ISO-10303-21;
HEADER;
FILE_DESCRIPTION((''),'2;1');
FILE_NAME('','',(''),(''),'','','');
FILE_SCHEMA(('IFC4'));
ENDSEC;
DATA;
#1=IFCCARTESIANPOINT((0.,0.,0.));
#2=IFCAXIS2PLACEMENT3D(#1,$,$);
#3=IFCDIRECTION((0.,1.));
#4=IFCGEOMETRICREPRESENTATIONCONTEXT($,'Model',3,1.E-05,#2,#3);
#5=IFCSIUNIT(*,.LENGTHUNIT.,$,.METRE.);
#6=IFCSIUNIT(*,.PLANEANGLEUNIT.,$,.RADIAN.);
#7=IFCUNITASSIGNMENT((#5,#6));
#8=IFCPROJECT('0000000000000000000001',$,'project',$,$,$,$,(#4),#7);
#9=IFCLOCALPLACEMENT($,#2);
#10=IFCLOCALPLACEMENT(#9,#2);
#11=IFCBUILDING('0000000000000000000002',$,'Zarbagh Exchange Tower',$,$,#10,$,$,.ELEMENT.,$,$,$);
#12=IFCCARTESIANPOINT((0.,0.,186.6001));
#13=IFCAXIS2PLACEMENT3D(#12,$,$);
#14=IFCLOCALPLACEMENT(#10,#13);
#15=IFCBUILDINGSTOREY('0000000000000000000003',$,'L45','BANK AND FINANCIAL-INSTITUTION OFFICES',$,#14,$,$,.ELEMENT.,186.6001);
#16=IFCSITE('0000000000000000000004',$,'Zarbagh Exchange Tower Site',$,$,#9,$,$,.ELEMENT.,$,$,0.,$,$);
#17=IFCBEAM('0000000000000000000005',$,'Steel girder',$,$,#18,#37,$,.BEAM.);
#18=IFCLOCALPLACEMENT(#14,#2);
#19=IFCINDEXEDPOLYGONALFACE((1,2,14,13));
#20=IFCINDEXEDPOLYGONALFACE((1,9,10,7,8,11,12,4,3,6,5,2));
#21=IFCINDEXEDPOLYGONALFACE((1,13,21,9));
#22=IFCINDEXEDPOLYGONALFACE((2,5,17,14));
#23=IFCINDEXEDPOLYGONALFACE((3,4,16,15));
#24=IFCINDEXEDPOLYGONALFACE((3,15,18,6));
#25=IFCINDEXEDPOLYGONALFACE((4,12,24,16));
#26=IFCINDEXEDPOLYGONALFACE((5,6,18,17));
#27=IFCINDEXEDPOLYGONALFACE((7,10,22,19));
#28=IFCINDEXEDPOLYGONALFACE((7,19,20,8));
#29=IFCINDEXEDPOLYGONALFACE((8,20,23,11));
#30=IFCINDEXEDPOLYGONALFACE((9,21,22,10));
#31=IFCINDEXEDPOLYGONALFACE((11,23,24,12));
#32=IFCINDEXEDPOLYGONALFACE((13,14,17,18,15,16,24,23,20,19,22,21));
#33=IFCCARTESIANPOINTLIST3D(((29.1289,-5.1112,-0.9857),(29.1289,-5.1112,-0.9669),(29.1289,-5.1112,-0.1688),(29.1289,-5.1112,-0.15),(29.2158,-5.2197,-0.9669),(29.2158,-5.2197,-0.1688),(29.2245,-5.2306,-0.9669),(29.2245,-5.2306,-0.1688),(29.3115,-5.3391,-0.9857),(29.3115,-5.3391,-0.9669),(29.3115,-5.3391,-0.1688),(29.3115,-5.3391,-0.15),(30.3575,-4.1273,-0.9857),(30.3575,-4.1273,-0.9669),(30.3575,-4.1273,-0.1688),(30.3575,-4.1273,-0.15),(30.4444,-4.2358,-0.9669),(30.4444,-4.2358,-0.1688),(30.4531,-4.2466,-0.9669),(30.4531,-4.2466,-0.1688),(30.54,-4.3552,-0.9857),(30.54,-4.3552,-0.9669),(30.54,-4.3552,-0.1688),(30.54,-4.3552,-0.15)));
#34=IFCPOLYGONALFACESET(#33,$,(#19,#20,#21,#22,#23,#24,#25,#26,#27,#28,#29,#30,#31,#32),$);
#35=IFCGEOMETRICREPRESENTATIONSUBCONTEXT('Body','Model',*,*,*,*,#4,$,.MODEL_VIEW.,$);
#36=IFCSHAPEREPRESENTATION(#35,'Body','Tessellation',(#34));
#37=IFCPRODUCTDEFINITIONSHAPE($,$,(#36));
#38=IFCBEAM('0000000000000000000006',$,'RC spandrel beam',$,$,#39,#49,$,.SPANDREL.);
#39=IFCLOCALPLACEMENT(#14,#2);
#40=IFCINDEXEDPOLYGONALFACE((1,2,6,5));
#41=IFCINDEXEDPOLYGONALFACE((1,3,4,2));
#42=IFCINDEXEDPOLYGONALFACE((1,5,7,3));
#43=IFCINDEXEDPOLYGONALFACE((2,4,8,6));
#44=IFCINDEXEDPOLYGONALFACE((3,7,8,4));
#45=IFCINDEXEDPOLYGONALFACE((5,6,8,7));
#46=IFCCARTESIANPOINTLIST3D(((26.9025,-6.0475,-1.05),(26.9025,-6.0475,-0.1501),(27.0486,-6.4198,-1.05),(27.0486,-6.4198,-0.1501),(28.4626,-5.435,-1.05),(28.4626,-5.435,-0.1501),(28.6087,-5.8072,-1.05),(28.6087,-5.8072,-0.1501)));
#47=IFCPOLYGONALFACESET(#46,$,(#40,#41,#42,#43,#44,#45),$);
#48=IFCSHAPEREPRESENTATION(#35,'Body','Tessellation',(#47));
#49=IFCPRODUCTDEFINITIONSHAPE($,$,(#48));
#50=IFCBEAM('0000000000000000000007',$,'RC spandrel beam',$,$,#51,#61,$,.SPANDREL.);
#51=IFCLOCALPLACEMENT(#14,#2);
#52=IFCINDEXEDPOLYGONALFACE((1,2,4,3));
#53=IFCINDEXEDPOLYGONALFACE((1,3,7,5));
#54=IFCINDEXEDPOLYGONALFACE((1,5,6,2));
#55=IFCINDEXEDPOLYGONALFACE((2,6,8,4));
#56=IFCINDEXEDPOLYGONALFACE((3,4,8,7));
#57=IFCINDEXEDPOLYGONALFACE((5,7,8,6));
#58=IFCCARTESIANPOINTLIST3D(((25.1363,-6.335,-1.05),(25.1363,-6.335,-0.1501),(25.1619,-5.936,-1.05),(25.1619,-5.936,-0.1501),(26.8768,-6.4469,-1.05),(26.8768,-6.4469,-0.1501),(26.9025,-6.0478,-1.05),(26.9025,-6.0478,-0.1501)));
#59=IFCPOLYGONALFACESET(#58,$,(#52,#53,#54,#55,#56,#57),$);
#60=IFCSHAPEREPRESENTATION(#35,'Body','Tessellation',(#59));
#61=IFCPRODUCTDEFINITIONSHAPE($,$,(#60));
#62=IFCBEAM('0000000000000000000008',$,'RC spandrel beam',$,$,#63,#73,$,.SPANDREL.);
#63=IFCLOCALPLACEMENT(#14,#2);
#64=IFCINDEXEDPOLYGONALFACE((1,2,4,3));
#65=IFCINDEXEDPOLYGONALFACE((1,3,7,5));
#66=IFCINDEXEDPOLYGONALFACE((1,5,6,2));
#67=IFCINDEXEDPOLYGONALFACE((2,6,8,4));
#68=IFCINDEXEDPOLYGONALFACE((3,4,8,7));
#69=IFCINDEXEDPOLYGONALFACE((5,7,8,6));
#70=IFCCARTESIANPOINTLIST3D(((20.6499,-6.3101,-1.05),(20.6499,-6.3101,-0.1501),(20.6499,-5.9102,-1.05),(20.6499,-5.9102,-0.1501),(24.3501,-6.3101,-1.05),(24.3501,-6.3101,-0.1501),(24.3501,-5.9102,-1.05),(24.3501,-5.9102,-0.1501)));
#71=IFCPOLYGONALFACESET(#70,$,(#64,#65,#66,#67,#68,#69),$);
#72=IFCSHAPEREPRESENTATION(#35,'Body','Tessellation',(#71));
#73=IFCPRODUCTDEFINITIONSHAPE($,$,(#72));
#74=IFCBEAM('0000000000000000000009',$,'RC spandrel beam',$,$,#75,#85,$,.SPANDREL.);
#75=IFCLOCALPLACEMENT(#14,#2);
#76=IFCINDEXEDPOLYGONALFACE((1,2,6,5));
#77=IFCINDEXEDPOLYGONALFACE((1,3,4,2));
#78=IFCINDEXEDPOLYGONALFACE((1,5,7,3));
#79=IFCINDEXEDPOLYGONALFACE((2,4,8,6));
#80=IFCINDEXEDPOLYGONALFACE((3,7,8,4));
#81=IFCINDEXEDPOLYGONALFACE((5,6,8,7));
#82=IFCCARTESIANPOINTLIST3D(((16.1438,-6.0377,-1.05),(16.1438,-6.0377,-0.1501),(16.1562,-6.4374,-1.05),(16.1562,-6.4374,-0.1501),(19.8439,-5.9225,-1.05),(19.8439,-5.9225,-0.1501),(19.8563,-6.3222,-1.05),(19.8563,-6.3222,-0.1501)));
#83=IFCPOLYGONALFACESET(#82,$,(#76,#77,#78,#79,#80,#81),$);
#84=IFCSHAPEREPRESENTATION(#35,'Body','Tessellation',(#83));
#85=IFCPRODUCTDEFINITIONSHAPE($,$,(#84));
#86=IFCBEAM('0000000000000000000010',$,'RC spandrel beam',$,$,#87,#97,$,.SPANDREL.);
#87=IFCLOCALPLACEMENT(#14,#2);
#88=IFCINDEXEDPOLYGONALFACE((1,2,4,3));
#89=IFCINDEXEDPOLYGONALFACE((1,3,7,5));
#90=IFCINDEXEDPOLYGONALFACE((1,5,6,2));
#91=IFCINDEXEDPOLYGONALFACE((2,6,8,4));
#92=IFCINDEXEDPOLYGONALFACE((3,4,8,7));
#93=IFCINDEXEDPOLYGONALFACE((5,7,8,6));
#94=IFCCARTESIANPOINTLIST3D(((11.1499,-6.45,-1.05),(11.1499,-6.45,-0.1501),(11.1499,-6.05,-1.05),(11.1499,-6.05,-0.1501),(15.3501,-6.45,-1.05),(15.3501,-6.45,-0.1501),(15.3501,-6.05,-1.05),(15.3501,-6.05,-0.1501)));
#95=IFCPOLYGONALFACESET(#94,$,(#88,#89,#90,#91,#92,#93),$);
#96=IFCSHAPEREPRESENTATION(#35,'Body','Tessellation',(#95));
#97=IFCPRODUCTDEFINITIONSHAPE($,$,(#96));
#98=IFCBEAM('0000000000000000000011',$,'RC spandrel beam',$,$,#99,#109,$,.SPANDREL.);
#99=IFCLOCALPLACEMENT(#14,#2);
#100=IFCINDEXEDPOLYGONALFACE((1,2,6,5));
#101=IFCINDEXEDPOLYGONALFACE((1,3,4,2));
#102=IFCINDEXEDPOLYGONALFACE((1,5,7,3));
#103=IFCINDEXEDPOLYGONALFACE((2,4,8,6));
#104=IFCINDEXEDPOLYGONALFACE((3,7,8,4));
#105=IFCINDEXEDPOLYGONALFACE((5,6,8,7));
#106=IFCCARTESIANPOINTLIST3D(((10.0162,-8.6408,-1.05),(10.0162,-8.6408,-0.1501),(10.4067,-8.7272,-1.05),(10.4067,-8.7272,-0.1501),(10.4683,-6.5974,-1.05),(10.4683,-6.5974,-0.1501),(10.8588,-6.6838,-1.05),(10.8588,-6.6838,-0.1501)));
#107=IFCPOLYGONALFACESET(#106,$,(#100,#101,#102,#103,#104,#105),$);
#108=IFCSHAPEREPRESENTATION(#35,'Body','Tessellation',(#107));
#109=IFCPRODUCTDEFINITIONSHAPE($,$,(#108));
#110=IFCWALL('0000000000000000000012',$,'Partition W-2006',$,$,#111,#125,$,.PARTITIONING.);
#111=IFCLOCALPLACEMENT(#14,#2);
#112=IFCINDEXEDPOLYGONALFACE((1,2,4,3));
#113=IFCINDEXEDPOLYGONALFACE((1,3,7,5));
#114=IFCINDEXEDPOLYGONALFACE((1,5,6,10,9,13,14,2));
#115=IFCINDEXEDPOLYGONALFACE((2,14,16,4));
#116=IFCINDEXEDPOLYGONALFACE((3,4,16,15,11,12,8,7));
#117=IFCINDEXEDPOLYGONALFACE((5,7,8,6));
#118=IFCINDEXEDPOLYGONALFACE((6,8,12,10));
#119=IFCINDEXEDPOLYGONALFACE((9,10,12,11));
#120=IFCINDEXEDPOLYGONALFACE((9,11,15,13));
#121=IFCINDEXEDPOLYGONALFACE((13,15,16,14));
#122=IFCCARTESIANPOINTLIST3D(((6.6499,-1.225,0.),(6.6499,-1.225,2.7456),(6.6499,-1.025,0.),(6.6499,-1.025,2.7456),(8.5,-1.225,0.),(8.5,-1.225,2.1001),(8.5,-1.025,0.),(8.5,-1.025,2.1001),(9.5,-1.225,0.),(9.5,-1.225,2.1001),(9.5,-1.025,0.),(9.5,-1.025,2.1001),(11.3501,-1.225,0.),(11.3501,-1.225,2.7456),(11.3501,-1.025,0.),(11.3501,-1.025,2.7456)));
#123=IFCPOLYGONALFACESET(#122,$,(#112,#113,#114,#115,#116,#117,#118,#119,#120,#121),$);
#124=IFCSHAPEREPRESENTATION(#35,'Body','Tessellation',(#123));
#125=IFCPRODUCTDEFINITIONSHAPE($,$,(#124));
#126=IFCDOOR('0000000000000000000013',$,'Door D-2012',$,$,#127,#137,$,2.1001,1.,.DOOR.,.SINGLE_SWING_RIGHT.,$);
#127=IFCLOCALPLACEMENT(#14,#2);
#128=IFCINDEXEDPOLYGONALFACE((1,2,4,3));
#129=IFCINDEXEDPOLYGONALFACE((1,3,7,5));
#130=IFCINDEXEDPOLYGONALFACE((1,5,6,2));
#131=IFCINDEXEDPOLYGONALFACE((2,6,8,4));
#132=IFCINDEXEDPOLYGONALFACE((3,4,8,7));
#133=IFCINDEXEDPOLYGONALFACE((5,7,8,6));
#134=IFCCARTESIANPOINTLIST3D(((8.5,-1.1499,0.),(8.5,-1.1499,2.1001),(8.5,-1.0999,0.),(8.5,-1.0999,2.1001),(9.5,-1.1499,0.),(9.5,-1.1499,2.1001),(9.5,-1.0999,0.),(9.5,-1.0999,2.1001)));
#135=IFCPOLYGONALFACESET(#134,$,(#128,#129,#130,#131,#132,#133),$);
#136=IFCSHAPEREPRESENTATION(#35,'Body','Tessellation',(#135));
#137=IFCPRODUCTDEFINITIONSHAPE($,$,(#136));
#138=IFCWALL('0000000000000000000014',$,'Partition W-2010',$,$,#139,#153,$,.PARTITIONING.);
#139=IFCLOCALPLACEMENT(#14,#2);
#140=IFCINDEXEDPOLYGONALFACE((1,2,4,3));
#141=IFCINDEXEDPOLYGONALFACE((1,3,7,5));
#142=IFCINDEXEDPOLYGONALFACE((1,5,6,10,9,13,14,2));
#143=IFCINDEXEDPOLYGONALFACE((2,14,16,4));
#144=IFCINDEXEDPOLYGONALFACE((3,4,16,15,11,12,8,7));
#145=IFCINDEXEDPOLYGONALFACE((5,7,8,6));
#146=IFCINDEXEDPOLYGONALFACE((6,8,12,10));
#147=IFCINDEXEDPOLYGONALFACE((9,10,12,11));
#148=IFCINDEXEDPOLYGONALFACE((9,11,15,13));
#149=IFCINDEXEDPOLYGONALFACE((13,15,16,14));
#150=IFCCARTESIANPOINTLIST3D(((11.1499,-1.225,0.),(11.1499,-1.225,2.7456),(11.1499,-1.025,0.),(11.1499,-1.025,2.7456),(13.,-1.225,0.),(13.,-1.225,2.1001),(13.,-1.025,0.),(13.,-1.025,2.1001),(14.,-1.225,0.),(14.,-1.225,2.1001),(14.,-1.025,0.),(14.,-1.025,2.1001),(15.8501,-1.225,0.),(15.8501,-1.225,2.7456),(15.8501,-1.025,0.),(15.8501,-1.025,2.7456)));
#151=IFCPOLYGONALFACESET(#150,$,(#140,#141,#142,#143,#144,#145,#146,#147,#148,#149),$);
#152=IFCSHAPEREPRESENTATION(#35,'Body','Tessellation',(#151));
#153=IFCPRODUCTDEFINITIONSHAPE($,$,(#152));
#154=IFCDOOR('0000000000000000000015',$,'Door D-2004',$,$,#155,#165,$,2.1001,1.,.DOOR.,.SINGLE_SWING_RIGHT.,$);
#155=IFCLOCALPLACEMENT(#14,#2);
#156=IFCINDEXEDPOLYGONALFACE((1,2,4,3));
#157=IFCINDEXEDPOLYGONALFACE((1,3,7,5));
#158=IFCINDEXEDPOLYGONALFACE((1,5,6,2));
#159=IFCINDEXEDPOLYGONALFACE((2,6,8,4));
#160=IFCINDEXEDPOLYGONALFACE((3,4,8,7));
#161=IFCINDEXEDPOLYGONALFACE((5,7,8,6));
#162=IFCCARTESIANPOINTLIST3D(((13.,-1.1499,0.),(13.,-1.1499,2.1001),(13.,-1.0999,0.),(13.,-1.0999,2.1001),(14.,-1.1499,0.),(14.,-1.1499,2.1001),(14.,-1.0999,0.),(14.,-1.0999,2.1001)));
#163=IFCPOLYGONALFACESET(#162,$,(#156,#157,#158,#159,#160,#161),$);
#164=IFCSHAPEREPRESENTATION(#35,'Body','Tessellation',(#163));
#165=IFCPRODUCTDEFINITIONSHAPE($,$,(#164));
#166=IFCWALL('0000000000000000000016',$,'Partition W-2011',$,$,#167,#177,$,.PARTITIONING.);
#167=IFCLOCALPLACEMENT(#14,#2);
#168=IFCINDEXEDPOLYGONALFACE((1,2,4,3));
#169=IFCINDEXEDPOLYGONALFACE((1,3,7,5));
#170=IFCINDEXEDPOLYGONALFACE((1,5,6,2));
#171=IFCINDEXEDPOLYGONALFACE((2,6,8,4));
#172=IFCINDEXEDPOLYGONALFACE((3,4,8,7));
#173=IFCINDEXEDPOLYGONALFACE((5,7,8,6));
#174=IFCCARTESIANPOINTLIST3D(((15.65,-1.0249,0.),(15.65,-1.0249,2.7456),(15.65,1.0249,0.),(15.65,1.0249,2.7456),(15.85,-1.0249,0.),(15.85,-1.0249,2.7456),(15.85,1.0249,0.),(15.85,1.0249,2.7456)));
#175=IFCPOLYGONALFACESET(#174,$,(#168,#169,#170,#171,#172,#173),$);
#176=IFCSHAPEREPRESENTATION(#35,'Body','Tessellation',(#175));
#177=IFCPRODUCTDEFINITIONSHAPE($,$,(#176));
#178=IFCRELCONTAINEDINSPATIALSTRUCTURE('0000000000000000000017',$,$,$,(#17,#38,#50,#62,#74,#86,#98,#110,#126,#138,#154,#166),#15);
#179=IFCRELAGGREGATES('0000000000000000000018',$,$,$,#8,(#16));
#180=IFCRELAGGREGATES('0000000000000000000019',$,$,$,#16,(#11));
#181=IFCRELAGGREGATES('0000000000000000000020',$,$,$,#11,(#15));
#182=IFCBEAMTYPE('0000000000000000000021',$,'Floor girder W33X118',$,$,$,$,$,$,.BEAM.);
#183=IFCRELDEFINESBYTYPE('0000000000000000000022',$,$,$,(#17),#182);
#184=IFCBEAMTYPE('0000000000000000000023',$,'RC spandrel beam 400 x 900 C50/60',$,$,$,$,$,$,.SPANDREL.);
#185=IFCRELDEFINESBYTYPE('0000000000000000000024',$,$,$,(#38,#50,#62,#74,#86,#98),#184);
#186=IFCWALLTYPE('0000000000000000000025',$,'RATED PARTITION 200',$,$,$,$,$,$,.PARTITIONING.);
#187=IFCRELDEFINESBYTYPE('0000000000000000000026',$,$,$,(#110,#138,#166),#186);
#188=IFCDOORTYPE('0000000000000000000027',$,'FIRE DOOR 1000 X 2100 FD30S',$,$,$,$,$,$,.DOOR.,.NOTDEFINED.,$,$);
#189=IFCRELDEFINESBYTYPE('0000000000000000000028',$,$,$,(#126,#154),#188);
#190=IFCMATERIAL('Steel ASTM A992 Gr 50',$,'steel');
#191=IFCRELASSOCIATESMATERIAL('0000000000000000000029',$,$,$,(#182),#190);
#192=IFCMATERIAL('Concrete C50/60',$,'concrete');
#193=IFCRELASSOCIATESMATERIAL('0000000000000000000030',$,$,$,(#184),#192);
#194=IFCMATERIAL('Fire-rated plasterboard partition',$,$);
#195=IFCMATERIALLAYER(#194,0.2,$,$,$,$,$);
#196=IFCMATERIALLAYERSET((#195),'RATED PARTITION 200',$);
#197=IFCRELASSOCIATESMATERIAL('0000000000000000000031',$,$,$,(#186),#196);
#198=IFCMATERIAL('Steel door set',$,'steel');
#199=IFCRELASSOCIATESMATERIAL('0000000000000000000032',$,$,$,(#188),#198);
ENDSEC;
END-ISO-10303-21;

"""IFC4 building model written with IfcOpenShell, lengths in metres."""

from ifc_helpers import new_model, si_unit, direction, frame, frame_2d, origin, origin_2d, place, context, subcontext, project, spatial, rectangle, i_section, extrude, material, layer, layer_set, material_profile, profile_set, type_object, element, fill, save


model = new_model("IFC4")

# Units and contexts
model_context = context("Model", 3, precision=1e-05, world=origin(), true_north=direction((0.0, 1.0)))
body_context = subcontext(model_context, "Body", "Model", "MODEL_VIEW")
ifc_project = project(units=[si_unit("LENGTHUNIT", "METRE"), si_unit("PLANEANGLEUNIT", "RADIAN")], contexts=[model_context])

# Site, building, storey
site_placement = place(None, origin())
site = spatial("IfcSite", under=ifc_project, at=site_placement, Name="Zarbagh Exchange Tower Site", CompositionType="ELEMENT", RefElevation=0.0)
building_placement = place(site_placement, origin())
building = spatial("IfcBuilding", under=site, at=building_placement, Name="Zarbagh Exchange Tower", CompositionType="ELEMENT")
storey_placement = place(building_placement, frame((0.0, 0.0, 186.6001)))
storey = spatial("IfcBuildingStorey", under=building, at=storey_placement, Name="L45", Description="BANK AND FINANCIAL-INSTITUTION OFFICES", CompositionType="ELEMENT", Elevation=186.6001)

# Shared definitions
ifc_material_1 = material(Name="Concrete C50/60", Category="concrete")

# Beams
ifc_material_2 = material(Name="Steel ASTM A992 Gr 50", Category="steel")
ifc_material_profile_1 = material_profile(ifc_material_2, i_section(OverallWidth=0.292, OverallDepth=0.8357, WebThickness=0.0139, FlangeThickness=0.0188, at=origin_2d()), Name="W33X118")
ifc_profile_set_1 = profile_set([ifc_material_profile_1], Name="Steel ASTM A992 Gr 50")
beam_type_1 = type_object("IfcBeamType", Name="Floor girder W33X118", PredefinedType="BEAM", material=ifc_profile_set_1)
beam_1_placement = place(storey_placement, frame((30.4487, -4.2412, -0.5679), z_axis=(-0.780536, -0.625111, 0.0), x_axis=(0.625111, -0.780536, 0.0)))
element("IfcBeam", 1, at=beam_1_placement, inside=storey, type_object=beam_type_1, Name="Steel girder", PredefinedType="BEAM", context=body_context, shape_type="SweptSolid", body=[
    extrude(i_section(OverallWidth=0.292, OverallDepth=0.8357, WebThickness=0.0139, FlangeThickness=0.0188, at=origin_2d()), origin(), (0.0, 0.0, 1.0), 1.574),
])
ifc_material_profile_2 = material_profile(ifc_material_1, rectangle(XDim=0.3999, YDim=0.8999, at=origin_2d()), Name="RC spandrel beam 400 x 900 C50/60")
ifc_profile_set_2 = profile_set([ifc_material_profile_2], Name="Concrete C50/60")
beam_type_2 = type_object("IfcBeamType", Name="RC spandrel beam 400 x 900 C50/60", PredefinedType="SPANDREL", material=ifc_profile_set_2)
beam_2_placement = place(storey_placement, frame((28.5356, -5.6211, -0.6001), z_axis=(-0.930819, -0.365481, 0.0), x_axis=(0.365481, -0.930819, 0.0)))
element("IfcBeam", 2, at=beam_2_placement, inside=storey, type_object=beam_type_2, Name="RC spandrel beam", PredefinedType="SPANDREL", context=body_context, shape_type="SweptSolid", body=[
    extrude(rectangle(XDim=0.3999, YDim=0.8999, at=origin_2d()), origin(), (0.0, 0.0, 1.0), 1.676),
])
beam_3_placement = place(storey_placement, frame((26.8896, -6.2473, -0.6001), z_axis=(-0.997943, 0.064112, 0.0), x_axis=(-0.064112, -0.997943, 0.0)))
element("IfcBeam", 3, at=beam_3_placement, inside=storey, type_object=beam_type_2, Name="RC spandrel beam", PredefinedType="SPANDREL", context=body_context, shape_type="SweptSolid", body=[
    extrude(rectangle(XDim=0.3999, YDim=0.8999, at=origin_2d()), origin(), (0.0, 0.0, 1.0), 1.7441),
])
beam_4_placement = place(storey_placement, frame((24.3501, -6.1101, -0.6001), z_axis=(-1.0, 0.0, 0.0), x_axis=(0.0, -1.0, 0.0)))
element("IfcBeam", 4, at=beam_4_placement, inside=storey, type_object=beam_type_2, Name="RC spandrel beam", PredefinedType="SPANDREL", context=body_context, shape_type="SweptSolid", body=[
    extrude(rectangle(XDim=0.3999, YDim=0.8999, at=origin_2d()), origin(), (0.0, 0.0, 1.0), 3.7002),
])
beam_5_placement = place(storey_placement, frame((19.8501, -6.1223, -0.6001), z_axis=(-0.999515, -0.031128, 0.0), x_axis=(0.031128, -0.999515, 0.0)))
element("IfcBeam", 5, at=beam_5_placement, inside=storey, type_object=beam_type_2, Name="RC spandrel beam", PredefinedType="SPANDREL", context=body_context, shape_type="SweptSolid", body=[
    extrude(rectangle(XDim=0.3999, YDim=0.8999, at=origin_2d()), origin(), (0.0, 0.0, 1.0), 3.7019),
])
beam_6_placement = place(storey_placement, frame((15.3501, -6.25, -0.6001), z_axis=(-1.0, 0.0, 0.0), x_axis=(0.0, -1.0, 0.0)))
element("IfcBeam", 6, at=beam_6_placement, inside=storey, type_object=beam_type_2, Name="RC spandrel beam", PredefinedType="SPANDREL", context=body_context, shape_type="SweptSolid", body=[
    extrude(rectangle(XDim=0.3999, YDim=0.8999, at=origin_2d()), origin(), (0.0, 0.0, 1.0), 4.2002),
])
beam_7_placement = place(storey_placement, frame((10.6636, -6.6406, -0.6001), z_axis=(-0.216041, -0.976384, 0.0), x_axis=(0.976384, -0.216041, 0.0)))
element("IfcBeam", 7, at=beam_7_placement, inside=storey, type_object=beam_type_2, Name="RC spandrel beam", PredefinedType="SPANDREL", context=body_context, shape_type="SweptSolid", body=[
    extrude(rectangle(XDim=0.3999, YDim=0.8999, at=origin_2d()), origin(), (0.0, 0.0, 1.0), 2.0928),
])

# Walls, openings, doors
ifc_material_3 = material(Name="Fire-rated plasterboard partition")
ifc_layer = layer(ifc_material_3, 0.2)
ifc_layer_set = layer_set([ifc_layer], Name="RATED PARTITION 200")
wall_type = type_object("IfcWallType", Name="RATED PARTITION 200", PredefinedType="PARTITIONING", material=ifc_layer_set)
wall_1_placement = place(storey_placement, frame((11.3501, -1.125, 0.0), z_axis=(0.0, 0.0, 1.0), x_axis=(-1.0, 0.0, 0.0)))
wall_1 = element("IfcWall", 8, at=wall_1_placement, inside=storey, type_object=wall_type, Name="Partition W-2006", PredefinedType="PARTITIONING", context=body_context, shape_type="SweptSolid", body=[
    extrude(rectangle(XDim=4.7002, YDim=0.2, at=frame_2d((2.3501, 0.0))), origin(), (0.0, 0.0, 1.0), 2.7456),
])
opening_1_placement = place(wall_1_placement, frame((1.8501, 0.0, 0.0)))
opening_1 = element("IfcOpeningElement", 9, at=opening_1_placement, cuts=wall_1, PredefinedType="OPENING", context=body_context, shape_type="SweptSolid", body=[
    extrude(rectangle(XDim=1.0, YDim=2.1001, at=frame_2d((0.5, 1.05))), frame((0.0, 0.1099, 0.0), z_axis=(0.0, -1.0, 0.0), x_axis=(1.0, 0.0, 0.0)), (0.0, 0.0, 1.0), 0.22),
])
ifc_material_4 = material(Name="Steel door set", Category="steel")
door_type = type_object("IfcDoorType", Name="FIRE DOOR 1000 X 2100 FD30S", OperationType="NOTDEFINED", PredefinedType="DOOR", material=ifc_material_4)
door_1_placement = place(opening_1_placement, origin())
door_1 = element("IfcDoor", 10, at=door_1_placement, inside=storey, type_object=door_type, Name="Door D-2012", OperationType="SINGLE_SWING_RIGHT", OverallHeight=2.1001, OverallWidth=1.0, PredefinedType="DOOR", context=body_context, shape_type="SweptSolid", body=[
    extrude(rectangle(XDim=1.0, YDim=2.1001, at=frame_2d((0.5, 1.05))), frame((0.0, 0.0249, 0.0), z_axis=(0.0, -1.0, 0.0), x_axis=(1.0, 0.0, 0.0)), (0.0, 0.0, 1.0), 0.05),
])
fill(opening_1, door_1)
wall_2_placement = place(storey_placement, frame((15.8501, -1.125, 0.0), z_axis=(0.0, 0.0, 1.0), x_axis=(-1.0, 0.0, 0.0)))
wall_2 = element("IfcWall", 11, at=wall_2_placement, inside=storey, type_object=wall_type, Name="Partition W-2010", PredefinedType="PARTITIONING", context=body_context, shape_type="SweptSolid", body=[
    extrude(rectangle(XDim=4.7002, YDim=0.2, at=frame_2d((2.3501, 0.0))), origin(), (0.0, 0.0, 1.0), 2.7456),
])
opening_2_placement = place(wall_2_placement, frame((1.8501, 0.0, 0.0)))
opening_2 = element("IfcOpeningElement", 12, at=opening_2_placement, cuts=wall_2, PredefinedType="OPENING", context=body_context, shape_type="SweptSolid", body=[
    extrude(rectangle(XDim=1.0, YDim=2.1001, at=frame_2d((0.5, 1.05))), frame((0.0, 0.1099, 0.0), z_axis=(0.0, -1.0, 0.0), x_axis=(1.0, 0.0, 0.0)), (0.0, 0.0, 1.0), 0.22),
])
door_2_placement = place(opening_2_placement, origin())
door_2 = element("IfcDoor", 13, at=door_2_placement, inside=storey, type_object=door_type, Name="Door D-2004", OperationType="SINGLE_SWING_RIGHT", OverallHeight=2.1001, OverallWidth=1.0, PredefinedType="DOOR", context=body_context, shape_type="SweptSolid", body=[
    extrude(rectangle(XDim=1.0, YDim=2.1001, at=frame_2d((0.5, 1.05))), frame((0.0, 0.0249, 0.0), z_axis=(0.0, -1.0, 0.0), x_axis=(1.0, 0.0, 0.0)), (0.0, 0.0, 1.0), 0.05),
])
fill(opening_2, door_2)

# Wall
wall_3_placement = place(storey_placement, frame((15.75, -1.0249, 0.0), z_axis=(0.0, 0.0, 1.0), x_axis=(0.0, 1.0, 0.0)))
element("IfcWall", 14, at=wall_3_placement, inside=storey, type_object=wall_type, Name="Partition W-2011", PredefinedType="PARTITIONING", context=body_context, shape_type="SweptSolid", body=[
    extrude(rectangle(XDim=2.0498, YDim=0.2, at=frame_2d((1.0249, 0.0))), origin(), (0.0, 0.0, 1.0), 2.7456),
])

save(model, "model.ifc")
